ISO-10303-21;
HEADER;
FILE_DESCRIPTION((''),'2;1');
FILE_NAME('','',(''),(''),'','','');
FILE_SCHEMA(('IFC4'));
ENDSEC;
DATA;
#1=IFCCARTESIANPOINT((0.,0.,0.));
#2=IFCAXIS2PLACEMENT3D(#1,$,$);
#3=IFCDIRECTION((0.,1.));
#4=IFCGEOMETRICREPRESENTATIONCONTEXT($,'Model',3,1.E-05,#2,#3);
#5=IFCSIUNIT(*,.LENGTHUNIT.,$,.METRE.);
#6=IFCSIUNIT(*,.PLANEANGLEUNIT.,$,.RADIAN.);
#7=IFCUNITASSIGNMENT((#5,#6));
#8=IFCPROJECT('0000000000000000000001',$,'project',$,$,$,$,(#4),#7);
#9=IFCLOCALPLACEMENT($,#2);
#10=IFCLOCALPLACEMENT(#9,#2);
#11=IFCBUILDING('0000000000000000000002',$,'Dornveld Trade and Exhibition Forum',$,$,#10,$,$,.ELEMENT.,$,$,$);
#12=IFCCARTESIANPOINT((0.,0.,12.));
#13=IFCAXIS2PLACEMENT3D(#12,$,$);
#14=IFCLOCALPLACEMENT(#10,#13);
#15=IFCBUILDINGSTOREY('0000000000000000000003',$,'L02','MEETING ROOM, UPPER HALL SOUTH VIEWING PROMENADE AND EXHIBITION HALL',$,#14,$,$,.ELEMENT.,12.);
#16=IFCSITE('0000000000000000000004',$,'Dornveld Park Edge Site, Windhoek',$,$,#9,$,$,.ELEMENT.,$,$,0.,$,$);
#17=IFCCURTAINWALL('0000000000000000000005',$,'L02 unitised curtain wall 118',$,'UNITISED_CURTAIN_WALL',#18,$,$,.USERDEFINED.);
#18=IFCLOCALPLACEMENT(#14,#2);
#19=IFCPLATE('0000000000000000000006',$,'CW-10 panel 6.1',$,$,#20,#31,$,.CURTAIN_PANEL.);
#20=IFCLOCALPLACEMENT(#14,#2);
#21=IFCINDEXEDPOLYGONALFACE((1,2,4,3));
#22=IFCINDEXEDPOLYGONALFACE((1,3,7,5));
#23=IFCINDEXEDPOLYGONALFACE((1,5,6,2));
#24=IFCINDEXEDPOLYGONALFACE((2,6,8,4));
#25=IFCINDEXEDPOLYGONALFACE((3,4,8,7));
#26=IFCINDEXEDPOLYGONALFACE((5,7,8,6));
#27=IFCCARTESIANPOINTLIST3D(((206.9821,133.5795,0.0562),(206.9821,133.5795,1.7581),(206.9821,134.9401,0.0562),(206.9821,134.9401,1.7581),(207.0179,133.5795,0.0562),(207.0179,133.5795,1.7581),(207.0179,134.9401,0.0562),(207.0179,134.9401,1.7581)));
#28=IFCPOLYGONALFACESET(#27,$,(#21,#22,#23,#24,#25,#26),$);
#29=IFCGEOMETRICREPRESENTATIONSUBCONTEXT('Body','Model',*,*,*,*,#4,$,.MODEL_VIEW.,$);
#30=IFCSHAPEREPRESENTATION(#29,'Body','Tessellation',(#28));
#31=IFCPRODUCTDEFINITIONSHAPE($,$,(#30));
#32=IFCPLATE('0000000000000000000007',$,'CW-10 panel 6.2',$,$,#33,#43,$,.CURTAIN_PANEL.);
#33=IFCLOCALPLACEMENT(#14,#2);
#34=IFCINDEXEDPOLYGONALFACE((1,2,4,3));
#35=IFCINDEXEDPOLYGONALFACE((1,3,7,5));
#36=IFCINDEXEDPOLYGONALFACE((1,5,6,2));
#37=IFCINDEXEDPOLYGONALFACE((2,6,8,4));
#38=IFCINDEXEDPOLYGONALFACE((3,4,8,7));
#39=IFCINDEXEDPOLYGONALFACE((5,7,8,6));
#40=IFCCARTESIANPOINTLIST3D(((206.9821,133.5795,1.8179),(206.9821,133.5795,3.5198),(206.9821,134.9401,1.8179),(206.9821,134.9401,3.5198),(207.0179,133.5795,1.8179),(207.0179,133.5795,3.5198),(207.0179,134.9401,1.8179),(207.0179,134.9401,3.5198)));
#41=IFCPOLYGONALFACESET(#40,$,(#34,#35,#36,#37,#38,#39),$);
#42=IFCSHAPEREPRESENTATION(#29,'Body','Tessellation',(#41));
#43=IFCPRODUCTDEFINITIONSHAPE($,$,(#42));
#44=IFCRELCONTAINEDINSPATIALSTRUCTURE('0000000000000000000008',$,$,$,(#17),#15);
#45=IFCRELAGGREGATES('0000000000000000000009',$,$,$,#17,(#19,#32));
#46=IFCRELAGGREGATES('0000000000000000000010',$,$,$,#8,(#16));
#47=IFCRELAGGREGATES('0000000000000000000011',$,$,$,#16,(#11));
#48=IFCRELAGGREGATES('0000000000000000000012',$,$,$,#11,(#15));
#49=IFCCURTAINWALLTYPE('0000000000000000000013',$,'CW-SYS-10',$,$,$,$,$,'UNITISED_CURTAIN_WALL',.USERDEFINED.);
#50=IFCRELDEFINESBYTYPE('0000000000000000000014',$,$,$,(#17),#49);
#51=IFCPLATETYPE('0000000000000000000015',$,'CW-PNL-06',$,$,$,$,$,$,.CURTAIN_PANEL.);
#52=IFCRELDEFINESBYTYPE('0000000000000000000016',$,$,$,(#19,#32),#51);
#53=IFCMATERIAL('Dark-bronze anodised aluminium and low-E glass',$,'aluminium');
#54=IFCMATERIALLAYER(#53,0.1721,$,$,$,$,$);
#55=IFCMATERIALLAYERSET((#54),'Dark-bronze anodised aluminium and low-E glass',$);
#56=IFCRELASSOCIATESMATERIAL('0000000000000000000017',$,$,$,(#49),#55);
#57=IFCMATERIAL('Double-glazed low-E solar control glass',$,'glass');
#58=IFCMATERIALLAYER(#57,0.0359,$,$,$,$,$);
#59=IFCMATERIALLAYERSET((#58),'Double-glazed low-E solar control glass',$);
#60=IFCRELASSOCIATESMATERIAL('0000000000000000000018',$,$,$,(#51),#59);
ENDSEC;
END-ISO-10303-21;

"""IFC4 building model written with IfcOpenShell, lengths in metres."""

from ifc_helpers import new_model, si_unit, direction, frame, origin, origin_2d, place, context, subcontext, project, spatial, rectangle, extrude, material, layer, layer_set, type_object, element, aggregate, save


model = new_model("IFC4")

# Units and contexts
model_context = context("Model", 3, precision=1e-05, world=origin(), true_north=direction((0.0, 1.0)))
body_context = subcontext(model_context, "Body", "Model", "MODEL_VIEW")
ifc_project = project(units=[si_unit("LENGTHUNIT", "METRE"), si_unit("PLANEANGLEUNIT", "RADIAN")], contexts=[model_context])

# Site, building, storey
site_placement = place(None, origin())
site = spatial("IfcSite", under=ifc_project, at=site_placement, Name="Dornveld Park Edge Site, Windhoek", CompositionType="ELEMENT", RefElevation=0.0)
building_placement = place(site_placement, origin())
building = spatial("IfcBuilding", under=site, at=building_placement, Name="Dornveld Trade and Exhibition Forum", CompositionType="ELEMENT")
storey_placement = place(building_placement, frame((0.0, 0.0, 12.0)))
storey = spatial("IfcBuildingStorey", under=building, at=storey_placement, Name="L02", Description="MEETING ROOM, UPPER HALL SOUTH VIEWING PROMENADE AND EXHIBITION HALL", CompositionType="ELEMENT", Elevation=12.0)

# Curtain wall, plates
ifc_material_1 = material(Name="Dark-bronze anodised aluminium and low-E glass", Category="aluminium")
ifc_layer_1 = layer(ifc_material_1, 0.1721)
ifc_layer_set_1 = layer_set([ifc_layer_1], Name="Dark-bronze anodised aluminium and low-E glass")
curtain_wall_type = type_object("IfcCurtainWallType", Name="CW-SYS-10", ElementType="UNITISED_CURTAIN_WALL", PredefinedType="USERDEFINED", material=ifc_layer_set_1)
curtain_wall_placement = place(storey_placement, origin())
curtain_wall = element("IfcCurtainWall", 1, at=curtain_wall_placement, inside=storey, type_object=curtain_wall_type, Name="L02 unitised curtain wall 118", ObjectType="UNITISED_CURTAIN_WALL", PredefinedType="USERDEFINED")
ifc_material_2 = material(Name="Double-glazed low-E solar control glass", Category="glass")
ifc_layer_2 = layer(ifc_material_2, 0.0359)
ifc_layer_set_2 = layer_set([ifc_layer_2], Name="Double-glazed low-E solar control glass")
plate_type = type_object("IfcPlateType", Name="CW-PNL-06", PredefinedType="CURTAIN_PANEL", material=ifc_layer_set_2)
plate_1_placement = place(storey_placement, frame((207.0, 134.2598, 0.0562), z_axis=(0.0, 0.0, 1.0), x_axis=(0.0, 1.0, 0.0)))
plate_1 = element("IfcPlate", 2, at=plate_1_placement, type_object=plate_type, Name="CW-10 panel 6.1", PredefinedType="CURTAIN_PANEL", context=body_context, shape_type="SweptSolid", body=[
    extrude(rectangle(XDim=1.3606, YDim=0.0359, at=origin_2d()), origin(), (0.0, 0.0, 1.0), 1.7019),
])
plate_2_placement = place(storey_placement, frame((207.0, 134.2598, 1.8179), z_axis=(0.0, 0.0, 1.0), x_axis=(0.0, 1.0, 0.0)))
plate_2 = element("IfcPlate", 3, at=plate_2_placement, type_object=plate_type, Name="CW-10 panel 6.2", PredefinedType="CURTAIN_PANEL", context=body_context, shape_type="SweptSolid", body=[
    extrude(rectangle(XDim=1.3606, YDim=0.0359, at=origin_2d()), origin(), (0.0, 0.0, 1.0), 1.7019),
])
aggregate(curtain_wall, [plate_1, plate_2])

save(model, "model.ifc")
